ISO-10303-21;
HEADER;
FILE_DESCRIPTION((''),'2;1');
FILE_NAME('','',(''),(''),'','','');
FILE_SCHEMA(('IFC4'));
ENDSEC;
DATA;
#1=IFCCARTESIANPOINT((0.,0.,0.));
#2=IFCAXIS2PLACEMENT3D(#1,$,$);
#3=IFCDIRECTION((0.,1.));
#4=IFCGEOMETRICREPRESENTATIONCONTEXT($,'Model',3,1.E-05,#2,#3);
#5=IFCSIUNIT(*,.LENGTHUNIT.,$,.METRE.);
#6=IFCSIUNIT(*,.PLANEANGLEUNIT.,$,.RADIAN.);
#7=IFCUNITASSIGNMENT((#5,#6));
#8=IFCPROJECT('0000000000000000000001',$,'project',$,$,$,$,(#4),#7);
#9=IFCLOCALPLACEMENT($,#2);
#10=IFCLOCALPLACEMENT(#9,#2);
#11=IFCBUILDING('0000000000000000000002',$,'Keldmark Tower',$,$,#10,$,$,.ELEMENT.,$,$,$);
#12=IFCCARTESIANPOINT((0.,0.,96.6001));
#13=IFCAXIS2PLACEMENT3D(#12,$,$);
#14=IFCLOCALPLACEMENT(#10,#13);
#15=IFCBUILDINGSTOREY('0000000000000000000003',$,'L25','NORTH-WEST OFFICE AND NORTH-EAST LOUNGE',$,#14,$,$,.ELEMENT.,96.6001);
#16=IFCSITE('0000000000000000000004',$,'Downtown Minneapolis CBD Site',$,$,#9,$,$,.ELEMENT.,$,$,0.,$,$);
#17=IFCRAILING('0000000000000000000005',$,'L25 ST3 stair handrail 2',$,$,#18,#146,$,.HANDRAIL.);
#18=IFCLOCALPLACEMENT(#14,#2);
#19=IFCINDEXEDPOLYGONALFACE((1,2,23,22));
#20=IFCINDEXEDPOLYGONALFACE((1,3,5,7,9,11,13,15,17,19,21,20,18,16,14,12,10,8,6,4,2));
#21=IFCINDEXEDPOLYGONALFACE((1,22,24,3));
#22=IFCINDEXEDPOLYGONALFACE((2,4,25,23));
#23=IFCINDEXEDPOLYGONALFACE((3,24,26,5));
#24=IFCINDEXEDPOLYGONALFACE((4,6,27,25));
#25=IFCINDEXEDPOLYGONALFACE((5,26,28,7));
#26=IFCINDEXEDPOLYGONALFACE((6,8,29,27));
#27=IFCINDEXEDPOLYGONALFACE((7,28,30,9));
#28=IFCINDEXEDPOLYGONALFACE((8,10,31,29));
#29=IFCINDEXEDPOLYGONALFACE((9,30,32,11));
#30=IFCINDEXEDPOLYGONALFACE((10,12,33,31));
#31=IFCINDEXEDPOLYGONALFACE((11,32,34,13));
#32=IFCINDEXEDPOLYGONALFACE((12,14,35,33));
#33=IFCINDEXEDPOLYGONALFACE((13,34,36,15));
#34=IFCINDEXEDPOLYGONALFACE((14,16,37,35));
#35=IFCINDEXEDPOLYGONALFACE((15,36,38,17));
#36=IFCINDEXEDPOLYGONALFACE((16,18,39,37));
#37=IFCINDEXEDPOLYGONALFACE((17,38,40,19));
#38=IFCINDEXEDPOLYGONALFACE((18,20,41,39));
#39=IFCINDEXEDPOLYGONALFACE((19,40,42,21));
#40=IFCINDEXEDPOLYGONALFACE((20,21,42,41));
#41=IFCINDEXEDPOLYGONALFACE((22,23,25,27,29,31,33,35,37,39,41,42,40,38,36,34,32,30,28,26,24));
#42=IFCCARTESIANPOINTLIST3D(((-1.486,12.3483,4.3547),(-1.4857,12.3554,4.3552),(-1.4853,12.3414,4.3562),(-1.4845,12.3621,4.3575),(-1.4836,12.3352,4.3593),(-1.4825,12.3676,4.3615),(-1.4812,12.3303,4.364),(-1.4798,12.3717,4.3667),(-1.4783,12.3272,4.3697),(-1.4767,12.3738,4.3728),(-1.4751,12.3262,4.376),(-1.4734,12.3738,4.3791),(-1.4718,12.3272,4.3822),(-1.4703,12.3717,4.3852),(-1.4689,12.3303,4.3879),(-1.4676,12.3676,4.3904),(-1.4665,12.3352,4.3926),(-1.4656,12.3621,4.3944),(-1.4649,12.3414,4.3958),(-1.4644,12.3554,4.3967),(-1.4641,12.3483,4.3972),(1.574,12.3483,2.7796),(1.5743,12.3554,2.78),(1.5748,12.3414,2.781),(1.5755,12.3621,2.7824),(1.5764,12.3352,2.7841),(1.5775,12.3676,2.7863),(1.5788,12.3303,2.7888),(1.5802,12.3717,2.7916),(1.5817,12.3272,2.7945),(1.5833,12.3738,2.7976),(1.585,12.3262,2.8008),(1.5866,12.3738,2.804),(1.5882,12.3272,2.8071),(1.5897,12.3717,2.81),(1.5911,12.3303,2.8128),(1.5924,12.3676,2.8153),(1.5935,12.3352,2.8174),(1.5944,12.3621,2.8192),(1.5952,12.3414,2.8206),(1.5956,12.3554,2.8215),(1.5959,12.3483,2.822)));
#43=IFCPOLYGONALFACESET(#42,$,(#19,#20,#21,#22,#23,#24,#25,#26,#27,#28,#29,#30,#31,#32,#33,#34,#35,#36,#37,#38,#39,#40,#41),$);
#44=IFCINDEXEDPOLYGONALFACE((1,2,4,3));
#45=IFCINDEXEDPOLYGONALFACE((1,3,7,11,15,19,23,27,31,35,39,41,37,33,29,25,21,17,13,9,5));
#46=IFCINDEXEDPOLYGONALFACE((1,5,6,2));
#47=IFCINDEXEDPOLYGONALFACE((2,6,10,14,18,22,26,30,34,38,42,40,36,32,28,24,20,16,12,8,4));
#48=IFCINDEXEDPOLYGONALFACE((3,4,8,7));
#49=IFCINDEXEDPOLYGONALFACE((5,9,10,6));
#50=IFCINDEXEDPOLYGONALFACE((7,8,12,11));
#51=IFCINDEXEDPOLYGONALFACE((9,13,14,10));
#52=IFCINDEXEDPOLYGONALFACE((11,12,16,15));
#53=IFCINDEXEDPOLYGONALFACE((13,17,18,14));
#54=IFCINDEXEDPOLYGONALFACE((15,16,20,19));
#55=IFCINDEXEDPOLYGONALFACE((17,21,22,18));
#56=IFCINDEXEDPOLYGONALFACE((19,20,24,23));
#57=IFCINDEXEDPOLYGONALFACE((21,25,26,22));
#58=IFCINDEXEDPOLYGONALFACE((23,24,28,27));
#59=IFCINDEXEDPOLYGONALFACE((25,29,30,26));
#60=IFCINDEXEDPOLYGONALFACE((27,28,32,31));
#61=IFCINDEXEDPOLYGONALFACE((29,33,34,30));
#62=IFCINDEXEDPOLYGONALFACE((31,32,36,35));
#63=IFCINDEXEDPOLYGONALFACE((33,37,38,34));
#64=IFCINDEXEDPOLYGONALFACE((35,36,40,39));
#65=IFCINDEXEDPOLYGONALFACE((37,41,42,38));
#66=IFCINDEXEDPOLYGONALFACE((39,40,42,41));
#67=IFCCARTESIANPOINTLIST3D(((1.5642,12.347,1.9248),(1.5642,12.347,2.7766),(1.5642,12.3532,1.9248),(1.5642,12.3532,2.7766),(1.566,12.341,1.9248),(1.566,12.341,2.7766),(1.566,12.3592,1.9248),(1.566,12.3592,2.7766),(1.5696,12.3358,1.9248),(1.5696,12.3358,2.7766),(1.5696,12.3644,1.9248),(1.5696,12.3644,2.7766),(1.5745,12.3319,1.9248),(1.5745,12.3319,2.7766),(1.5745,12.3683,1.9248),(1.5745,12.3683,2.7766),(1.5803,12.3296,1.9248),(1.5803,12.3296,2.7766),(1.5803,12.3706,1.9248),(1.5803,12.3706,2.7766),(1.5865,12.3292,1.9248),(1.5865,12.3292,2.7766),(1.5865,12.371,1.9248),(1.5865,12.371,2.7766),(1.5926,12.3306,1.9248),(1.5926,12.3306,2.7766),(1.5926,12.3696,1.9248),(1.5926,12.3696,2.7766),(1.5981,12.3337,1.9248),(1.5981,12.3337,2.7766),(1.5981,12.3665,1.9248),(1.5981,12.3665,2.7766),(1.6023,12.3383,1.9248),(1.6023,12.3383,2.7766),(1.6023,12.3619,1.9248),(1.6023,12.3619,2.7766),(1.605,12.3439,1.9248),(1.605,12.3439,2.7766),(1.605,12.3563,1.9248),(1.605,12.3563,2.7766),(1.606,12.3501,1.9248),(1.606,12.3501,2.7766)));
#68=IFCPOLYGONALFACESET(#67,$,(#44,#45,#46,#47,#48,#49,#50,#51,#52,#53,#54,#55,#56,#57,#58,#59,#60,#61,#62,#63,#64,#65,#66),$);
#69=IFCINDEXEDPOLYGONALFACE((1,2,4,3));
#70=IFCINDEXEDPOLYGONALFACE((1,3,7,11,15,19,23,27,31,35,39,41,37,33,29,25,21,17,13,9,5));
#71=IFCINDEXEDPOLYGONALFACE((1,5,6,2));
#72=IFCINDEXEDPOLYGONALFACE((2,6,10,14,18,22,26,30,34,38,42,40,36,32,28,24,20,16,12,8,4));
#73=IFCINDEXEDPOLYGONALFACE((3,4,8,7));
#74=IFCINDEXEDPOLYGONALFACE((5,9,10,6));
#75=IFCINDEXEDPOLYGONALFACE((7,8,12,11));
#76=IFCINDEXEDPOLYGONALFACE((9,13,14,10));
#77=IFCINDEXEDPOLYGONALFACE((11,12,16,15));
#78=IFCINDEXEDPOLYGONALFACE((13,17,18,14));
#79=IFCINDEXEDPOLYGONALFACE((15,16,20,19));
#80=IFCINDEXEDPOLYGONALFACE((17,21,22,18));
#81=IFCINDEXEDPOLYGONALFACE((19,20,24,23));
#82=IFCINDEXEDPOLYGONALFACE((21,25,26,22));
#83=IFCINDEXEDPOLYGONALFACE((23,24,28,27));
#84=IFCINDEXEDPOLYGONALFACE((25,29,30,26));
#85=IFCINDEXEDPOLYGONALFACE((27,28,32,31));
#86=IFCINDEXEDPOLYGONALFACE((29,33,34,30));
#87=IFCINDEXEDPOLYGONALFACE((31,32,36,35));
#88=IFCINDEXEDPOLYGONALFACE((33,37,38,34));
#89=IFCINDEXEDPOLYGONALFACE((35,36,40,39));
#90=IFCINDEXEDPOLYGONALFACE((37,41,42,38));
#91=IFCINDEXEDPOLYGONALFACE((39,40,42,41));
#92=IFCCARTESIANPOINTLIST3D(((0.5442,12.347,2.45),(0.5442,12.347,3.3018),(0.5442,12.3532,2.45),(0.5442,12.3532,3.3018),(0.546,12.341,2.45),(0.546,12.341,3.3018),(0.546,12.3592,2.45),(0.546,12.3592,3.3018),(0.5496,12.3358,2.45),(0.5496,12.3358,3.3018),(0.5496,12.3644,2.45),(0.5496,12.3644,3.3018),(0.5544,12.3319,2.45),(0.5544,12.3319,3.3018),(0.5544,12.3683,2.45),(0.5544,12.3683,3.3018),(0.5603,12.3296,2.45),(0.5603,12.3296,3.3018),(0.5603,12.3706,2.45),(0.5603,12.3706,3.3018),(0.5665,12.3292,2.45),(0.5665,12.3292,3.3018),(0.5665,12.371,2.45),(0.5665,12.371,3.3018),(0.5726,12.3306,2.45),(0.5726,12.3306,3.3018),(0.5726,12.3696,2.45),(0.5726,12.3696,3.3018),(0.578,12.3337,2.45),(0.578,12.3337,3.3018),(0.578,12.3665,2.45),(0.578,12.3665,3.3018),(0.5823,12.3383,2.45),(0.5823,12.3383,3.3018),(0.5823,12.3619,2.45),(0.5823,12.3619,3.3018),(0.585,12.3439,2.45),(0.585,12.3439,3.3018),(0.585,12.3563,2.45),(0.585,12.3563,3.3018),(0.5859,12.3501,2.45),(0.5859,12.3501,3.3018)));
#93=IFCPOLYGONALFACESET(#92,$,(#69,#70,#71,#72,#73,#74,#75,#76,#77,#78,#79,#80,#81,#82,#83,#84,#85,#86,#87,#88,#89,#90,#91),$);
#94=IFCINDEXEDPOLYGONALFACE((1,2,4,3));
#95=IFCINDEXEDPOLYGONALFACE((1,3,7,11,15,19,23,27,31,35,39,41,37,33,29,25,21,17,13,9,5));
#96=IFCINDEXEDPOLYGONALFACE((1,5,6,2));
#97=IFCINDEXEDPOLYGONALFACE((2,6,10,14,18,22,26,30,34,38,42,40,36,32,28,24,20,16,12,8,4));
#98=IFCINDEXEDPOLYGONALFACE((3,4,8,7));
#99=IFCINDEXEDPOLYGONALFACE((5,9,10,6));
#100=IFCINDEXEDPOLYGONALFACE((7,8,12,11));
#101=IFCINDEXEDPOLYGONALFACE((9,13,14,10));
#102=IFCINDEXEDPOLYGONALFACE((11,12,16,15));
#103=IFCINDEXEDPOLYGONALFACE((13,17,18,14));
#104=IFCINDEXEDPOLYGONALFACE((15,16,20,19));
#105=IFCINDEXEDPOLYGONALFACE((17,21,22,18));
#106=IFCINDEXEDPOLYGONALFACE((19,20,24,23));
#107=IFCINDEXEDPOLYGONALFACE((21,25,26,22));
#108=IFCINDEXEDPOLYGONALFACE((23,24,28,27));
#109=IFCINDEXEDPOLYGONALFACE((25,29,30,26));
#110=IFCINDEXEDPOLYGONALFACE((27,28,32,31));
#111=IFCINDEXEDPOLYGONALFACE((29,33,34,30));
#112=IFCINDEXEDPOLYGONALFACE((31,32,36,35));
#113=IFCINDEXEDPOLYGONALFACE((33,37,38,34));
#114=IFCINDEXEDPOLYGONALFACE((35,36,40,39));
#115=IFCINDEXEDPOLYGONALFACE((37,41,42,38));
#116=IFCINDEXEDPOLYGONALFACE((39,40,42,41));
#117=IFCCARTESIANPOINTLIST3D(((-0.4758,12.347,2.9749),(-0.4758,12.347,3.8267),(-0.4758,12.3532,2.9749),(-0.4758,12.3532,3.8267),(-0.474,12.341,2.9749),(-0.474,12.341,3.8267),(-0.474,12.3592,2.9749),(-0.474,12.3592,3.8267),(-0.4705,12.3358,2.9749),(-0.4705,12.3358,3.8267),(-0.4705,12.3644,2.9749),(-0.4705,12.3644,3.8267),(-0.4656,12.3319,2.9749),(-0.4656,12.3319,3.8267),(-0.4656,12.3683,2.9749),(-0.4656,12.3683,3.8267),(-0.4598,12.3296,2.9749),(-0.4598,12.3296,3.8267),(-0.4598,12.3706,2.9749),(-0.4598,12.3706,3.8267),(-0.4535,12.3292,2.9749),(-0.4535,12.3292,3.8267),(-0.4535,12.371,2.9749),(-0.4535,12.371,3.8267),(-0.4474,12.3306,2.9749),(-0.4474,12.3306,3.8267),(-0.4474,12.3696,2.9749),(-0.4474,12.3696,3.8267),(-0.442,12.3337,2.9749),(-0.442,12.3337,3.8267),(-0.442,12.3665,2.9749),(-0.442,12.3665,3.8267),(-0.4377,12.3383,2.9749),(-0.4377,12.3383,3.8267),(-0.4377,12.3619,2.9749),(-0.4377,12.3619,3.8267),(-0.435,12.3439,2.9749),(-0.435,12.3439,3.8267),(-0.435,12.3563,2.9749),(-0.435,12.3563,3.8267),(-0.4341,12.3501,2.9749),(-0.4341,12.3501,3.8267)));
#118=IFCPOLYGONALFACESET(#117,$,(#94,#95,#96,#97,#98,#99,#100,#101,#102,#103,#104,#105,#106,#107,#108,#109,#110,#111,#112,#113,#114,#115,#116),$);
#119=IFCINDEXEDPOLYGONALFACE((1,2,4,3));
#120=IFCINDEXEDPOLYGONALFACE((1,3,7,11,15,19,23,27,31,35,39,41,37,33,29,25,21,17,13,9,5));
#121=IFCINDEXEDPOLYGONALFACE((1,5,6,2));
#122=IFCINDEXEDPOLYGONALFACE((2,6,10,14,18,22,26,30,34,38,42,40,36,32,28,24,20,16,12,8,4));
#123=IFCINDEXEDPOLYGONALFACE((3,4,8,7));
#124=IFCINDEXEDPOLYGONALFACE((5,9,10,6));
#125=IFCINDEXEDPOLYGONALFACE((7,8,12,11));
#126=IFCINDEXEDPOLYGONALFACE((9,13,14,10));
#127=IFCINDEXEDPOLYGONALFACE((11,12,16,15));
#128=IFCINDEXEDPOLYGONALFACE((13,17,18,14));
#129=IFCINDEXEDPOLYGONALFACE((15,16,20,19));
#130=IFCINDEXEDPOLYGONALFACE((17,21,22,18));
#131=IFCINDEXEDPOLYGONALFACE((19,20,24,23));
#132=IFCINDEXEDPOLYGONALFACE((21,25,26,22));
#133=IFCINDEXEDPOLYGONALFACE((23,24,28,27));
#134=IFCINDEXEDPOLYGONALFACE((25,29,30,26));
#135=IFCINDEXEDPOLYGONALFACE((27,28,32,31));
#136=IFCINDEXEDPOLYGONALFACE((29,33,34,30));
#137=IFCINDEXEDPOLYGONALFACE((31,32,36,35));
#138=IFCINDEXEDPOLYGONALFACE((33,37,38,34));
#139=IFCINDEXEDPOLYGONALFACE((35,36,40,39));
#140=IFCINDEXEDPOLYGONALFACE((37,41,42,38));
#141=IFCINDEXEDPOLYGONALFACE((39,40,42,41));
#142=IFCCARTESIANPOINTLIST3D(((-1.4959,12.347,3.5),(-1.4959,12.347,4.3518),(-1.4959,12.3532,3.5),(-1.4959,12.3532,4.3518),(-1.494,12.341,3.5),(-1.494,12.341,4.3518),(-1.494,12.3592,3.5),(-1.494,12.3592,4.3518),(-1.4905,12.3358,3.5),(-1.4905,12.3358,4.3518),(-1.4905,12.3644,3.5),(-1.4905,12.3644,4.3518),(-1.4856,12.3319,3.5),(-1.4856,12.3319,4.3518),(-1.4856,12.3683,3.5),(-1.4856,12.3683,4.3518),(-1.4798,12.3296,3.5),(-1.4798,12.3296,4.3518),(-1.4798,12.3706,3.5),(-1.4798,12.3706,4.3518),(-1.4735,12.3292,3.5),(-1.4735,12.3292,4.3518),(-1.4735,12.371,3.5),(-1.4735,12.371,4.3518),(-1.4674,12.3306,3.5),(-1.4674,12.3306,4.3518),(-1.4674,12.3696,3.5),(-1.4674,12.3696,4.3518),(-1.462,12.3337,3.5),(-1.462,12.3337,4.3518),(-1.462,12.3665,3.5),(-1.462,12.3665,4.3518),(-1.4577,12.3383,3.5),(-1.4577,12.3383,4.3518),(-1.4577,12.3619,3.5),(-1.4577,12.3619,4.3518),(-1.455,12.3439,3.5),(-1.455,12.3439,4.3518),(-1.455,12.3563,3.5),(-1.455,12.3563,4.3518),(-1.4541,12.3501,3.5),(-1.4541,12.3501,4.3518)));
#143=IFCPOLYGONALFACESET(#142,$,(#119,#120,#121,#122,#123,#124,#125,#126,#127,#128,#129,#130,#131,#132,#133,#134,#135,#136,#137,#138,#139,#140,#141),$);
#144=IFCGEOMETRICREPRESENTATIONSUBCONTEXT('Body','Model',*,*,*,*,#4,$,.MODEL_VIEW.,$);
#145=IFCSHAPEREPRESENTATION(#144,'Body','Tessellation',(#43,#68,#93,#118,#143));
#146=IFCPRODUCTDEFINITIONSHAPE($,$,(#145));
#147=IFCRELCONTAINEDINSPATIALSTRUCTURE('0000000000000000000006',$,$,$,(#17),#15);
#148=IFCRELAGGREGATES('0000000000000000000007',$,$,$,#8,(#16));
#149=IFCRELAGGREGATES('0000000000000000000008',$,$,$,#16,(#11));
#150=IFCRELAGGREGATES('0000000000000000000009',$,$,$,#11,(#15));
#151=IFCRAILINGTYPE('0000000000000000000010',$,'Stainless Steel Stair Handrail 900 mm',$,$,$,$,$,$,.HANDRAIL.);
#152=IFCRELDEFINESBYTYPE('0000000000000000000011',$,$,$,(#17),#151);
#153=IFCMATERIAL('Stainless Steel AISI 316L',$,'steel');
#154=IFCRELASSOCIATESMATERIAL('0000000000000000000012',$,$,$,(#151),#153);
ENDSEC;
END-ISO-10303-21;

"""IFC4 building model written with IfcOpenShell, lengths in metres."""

from ifc_helpers import new_model, si_unit, direction, frame, origin, origin_2d, place, context, subcontext, project, spatial, circle, extrude, material, type_object, element, save


model = new_model("IFC4")

# Units and contexts
model_context = context("Model", 3, precision=1e-05, world=origin(), true_north=direction((0.0, 1.0)))
body_context = subcontext(model_context, "Body", "Model", "MODEL_VIEW")
ifc_project = project(units=[si_unit("LENGTHUNIT", "METRE"), si_unit("PLANEANGLEUNIT", "RADIAN")], contexts=[model_context])

# Site, building, storey
site_placement = place(None, origin())
site = spatial("IfcSite", under=ifc_project, at=site_placement, Name="Downtown Minneapolis CBD Site", CompositionType="ELEMENT", RefElevation=0.0)
building_placement = place(site_placement, origin())
building = spatial("IfcBuilding", under=site, at=building_placement, Name="Keldmark Tower", CompositionType="ELEMENT")
storey_placement = place(building_placement, frame((0.0, 0.0, 96.6001)))
storey = spatial("IfcBuildingStorey", under=building, at=storey_placement, Name="L25", Description="NORTH-WEST OFFICE AND NORTH-EAST LOUNGE", CompositionType="ELEMENT", Elevation=96.6001)

# Railing
ifc_material_1 = material(Name="Stainless Steel AISI 316L", Category="steel")
railing_type_1 = type_object("IfcRailingType", Name="Stainless Steel Stair Handrail 900 mm", PredefinedType="HANDRAIL", material=ifc_material_1)
railing_1_placement = place(storey_placement, frame((1.585, 12.3501, 1.9248)))
element("IfcRailing", 1, at=railing_1_placement, inside=storey, type_object=railing_type_1, Name="L25 ST3 stair handrail 2", PredefinedType="HANDRAIL", context=body_context, shape_type="SweptSolid", body=[
    extrude(circle(Radius=0.0239, at=origin_2d()), frame((0.0, 0.0, 0.876), z_axis=(-0.889116, 0.0, 0.457681), x_axis=(0.0, -1.0, 0.0)), (0.0, 0.0, 1.0), 3.4417),
    extrude(circle(Radius=0.021, at=origin_2d()), origin(), (0.0, 0.0, 1.0), 0.8518),
    extrude(circle(Radius=0.021, at=origin_2d()), frame((-1.02, 0.0, 0.5251)), (0.0, 0.0, 1.0), 0.8518),
    extrude(circle(Radius=0.021, at=origin_2d()), frame((-2.04, 0.0, 1.05)), (0.0, 0.0, 1.0), 0.8518),
    extrude(circle(Radius=0.021, at=origin_2d()), frame((-3.0601, 0.0, 1.5752)), (0.0, 0.0, 1.0), 0.8518),
])

save(model, "model.ifc")
